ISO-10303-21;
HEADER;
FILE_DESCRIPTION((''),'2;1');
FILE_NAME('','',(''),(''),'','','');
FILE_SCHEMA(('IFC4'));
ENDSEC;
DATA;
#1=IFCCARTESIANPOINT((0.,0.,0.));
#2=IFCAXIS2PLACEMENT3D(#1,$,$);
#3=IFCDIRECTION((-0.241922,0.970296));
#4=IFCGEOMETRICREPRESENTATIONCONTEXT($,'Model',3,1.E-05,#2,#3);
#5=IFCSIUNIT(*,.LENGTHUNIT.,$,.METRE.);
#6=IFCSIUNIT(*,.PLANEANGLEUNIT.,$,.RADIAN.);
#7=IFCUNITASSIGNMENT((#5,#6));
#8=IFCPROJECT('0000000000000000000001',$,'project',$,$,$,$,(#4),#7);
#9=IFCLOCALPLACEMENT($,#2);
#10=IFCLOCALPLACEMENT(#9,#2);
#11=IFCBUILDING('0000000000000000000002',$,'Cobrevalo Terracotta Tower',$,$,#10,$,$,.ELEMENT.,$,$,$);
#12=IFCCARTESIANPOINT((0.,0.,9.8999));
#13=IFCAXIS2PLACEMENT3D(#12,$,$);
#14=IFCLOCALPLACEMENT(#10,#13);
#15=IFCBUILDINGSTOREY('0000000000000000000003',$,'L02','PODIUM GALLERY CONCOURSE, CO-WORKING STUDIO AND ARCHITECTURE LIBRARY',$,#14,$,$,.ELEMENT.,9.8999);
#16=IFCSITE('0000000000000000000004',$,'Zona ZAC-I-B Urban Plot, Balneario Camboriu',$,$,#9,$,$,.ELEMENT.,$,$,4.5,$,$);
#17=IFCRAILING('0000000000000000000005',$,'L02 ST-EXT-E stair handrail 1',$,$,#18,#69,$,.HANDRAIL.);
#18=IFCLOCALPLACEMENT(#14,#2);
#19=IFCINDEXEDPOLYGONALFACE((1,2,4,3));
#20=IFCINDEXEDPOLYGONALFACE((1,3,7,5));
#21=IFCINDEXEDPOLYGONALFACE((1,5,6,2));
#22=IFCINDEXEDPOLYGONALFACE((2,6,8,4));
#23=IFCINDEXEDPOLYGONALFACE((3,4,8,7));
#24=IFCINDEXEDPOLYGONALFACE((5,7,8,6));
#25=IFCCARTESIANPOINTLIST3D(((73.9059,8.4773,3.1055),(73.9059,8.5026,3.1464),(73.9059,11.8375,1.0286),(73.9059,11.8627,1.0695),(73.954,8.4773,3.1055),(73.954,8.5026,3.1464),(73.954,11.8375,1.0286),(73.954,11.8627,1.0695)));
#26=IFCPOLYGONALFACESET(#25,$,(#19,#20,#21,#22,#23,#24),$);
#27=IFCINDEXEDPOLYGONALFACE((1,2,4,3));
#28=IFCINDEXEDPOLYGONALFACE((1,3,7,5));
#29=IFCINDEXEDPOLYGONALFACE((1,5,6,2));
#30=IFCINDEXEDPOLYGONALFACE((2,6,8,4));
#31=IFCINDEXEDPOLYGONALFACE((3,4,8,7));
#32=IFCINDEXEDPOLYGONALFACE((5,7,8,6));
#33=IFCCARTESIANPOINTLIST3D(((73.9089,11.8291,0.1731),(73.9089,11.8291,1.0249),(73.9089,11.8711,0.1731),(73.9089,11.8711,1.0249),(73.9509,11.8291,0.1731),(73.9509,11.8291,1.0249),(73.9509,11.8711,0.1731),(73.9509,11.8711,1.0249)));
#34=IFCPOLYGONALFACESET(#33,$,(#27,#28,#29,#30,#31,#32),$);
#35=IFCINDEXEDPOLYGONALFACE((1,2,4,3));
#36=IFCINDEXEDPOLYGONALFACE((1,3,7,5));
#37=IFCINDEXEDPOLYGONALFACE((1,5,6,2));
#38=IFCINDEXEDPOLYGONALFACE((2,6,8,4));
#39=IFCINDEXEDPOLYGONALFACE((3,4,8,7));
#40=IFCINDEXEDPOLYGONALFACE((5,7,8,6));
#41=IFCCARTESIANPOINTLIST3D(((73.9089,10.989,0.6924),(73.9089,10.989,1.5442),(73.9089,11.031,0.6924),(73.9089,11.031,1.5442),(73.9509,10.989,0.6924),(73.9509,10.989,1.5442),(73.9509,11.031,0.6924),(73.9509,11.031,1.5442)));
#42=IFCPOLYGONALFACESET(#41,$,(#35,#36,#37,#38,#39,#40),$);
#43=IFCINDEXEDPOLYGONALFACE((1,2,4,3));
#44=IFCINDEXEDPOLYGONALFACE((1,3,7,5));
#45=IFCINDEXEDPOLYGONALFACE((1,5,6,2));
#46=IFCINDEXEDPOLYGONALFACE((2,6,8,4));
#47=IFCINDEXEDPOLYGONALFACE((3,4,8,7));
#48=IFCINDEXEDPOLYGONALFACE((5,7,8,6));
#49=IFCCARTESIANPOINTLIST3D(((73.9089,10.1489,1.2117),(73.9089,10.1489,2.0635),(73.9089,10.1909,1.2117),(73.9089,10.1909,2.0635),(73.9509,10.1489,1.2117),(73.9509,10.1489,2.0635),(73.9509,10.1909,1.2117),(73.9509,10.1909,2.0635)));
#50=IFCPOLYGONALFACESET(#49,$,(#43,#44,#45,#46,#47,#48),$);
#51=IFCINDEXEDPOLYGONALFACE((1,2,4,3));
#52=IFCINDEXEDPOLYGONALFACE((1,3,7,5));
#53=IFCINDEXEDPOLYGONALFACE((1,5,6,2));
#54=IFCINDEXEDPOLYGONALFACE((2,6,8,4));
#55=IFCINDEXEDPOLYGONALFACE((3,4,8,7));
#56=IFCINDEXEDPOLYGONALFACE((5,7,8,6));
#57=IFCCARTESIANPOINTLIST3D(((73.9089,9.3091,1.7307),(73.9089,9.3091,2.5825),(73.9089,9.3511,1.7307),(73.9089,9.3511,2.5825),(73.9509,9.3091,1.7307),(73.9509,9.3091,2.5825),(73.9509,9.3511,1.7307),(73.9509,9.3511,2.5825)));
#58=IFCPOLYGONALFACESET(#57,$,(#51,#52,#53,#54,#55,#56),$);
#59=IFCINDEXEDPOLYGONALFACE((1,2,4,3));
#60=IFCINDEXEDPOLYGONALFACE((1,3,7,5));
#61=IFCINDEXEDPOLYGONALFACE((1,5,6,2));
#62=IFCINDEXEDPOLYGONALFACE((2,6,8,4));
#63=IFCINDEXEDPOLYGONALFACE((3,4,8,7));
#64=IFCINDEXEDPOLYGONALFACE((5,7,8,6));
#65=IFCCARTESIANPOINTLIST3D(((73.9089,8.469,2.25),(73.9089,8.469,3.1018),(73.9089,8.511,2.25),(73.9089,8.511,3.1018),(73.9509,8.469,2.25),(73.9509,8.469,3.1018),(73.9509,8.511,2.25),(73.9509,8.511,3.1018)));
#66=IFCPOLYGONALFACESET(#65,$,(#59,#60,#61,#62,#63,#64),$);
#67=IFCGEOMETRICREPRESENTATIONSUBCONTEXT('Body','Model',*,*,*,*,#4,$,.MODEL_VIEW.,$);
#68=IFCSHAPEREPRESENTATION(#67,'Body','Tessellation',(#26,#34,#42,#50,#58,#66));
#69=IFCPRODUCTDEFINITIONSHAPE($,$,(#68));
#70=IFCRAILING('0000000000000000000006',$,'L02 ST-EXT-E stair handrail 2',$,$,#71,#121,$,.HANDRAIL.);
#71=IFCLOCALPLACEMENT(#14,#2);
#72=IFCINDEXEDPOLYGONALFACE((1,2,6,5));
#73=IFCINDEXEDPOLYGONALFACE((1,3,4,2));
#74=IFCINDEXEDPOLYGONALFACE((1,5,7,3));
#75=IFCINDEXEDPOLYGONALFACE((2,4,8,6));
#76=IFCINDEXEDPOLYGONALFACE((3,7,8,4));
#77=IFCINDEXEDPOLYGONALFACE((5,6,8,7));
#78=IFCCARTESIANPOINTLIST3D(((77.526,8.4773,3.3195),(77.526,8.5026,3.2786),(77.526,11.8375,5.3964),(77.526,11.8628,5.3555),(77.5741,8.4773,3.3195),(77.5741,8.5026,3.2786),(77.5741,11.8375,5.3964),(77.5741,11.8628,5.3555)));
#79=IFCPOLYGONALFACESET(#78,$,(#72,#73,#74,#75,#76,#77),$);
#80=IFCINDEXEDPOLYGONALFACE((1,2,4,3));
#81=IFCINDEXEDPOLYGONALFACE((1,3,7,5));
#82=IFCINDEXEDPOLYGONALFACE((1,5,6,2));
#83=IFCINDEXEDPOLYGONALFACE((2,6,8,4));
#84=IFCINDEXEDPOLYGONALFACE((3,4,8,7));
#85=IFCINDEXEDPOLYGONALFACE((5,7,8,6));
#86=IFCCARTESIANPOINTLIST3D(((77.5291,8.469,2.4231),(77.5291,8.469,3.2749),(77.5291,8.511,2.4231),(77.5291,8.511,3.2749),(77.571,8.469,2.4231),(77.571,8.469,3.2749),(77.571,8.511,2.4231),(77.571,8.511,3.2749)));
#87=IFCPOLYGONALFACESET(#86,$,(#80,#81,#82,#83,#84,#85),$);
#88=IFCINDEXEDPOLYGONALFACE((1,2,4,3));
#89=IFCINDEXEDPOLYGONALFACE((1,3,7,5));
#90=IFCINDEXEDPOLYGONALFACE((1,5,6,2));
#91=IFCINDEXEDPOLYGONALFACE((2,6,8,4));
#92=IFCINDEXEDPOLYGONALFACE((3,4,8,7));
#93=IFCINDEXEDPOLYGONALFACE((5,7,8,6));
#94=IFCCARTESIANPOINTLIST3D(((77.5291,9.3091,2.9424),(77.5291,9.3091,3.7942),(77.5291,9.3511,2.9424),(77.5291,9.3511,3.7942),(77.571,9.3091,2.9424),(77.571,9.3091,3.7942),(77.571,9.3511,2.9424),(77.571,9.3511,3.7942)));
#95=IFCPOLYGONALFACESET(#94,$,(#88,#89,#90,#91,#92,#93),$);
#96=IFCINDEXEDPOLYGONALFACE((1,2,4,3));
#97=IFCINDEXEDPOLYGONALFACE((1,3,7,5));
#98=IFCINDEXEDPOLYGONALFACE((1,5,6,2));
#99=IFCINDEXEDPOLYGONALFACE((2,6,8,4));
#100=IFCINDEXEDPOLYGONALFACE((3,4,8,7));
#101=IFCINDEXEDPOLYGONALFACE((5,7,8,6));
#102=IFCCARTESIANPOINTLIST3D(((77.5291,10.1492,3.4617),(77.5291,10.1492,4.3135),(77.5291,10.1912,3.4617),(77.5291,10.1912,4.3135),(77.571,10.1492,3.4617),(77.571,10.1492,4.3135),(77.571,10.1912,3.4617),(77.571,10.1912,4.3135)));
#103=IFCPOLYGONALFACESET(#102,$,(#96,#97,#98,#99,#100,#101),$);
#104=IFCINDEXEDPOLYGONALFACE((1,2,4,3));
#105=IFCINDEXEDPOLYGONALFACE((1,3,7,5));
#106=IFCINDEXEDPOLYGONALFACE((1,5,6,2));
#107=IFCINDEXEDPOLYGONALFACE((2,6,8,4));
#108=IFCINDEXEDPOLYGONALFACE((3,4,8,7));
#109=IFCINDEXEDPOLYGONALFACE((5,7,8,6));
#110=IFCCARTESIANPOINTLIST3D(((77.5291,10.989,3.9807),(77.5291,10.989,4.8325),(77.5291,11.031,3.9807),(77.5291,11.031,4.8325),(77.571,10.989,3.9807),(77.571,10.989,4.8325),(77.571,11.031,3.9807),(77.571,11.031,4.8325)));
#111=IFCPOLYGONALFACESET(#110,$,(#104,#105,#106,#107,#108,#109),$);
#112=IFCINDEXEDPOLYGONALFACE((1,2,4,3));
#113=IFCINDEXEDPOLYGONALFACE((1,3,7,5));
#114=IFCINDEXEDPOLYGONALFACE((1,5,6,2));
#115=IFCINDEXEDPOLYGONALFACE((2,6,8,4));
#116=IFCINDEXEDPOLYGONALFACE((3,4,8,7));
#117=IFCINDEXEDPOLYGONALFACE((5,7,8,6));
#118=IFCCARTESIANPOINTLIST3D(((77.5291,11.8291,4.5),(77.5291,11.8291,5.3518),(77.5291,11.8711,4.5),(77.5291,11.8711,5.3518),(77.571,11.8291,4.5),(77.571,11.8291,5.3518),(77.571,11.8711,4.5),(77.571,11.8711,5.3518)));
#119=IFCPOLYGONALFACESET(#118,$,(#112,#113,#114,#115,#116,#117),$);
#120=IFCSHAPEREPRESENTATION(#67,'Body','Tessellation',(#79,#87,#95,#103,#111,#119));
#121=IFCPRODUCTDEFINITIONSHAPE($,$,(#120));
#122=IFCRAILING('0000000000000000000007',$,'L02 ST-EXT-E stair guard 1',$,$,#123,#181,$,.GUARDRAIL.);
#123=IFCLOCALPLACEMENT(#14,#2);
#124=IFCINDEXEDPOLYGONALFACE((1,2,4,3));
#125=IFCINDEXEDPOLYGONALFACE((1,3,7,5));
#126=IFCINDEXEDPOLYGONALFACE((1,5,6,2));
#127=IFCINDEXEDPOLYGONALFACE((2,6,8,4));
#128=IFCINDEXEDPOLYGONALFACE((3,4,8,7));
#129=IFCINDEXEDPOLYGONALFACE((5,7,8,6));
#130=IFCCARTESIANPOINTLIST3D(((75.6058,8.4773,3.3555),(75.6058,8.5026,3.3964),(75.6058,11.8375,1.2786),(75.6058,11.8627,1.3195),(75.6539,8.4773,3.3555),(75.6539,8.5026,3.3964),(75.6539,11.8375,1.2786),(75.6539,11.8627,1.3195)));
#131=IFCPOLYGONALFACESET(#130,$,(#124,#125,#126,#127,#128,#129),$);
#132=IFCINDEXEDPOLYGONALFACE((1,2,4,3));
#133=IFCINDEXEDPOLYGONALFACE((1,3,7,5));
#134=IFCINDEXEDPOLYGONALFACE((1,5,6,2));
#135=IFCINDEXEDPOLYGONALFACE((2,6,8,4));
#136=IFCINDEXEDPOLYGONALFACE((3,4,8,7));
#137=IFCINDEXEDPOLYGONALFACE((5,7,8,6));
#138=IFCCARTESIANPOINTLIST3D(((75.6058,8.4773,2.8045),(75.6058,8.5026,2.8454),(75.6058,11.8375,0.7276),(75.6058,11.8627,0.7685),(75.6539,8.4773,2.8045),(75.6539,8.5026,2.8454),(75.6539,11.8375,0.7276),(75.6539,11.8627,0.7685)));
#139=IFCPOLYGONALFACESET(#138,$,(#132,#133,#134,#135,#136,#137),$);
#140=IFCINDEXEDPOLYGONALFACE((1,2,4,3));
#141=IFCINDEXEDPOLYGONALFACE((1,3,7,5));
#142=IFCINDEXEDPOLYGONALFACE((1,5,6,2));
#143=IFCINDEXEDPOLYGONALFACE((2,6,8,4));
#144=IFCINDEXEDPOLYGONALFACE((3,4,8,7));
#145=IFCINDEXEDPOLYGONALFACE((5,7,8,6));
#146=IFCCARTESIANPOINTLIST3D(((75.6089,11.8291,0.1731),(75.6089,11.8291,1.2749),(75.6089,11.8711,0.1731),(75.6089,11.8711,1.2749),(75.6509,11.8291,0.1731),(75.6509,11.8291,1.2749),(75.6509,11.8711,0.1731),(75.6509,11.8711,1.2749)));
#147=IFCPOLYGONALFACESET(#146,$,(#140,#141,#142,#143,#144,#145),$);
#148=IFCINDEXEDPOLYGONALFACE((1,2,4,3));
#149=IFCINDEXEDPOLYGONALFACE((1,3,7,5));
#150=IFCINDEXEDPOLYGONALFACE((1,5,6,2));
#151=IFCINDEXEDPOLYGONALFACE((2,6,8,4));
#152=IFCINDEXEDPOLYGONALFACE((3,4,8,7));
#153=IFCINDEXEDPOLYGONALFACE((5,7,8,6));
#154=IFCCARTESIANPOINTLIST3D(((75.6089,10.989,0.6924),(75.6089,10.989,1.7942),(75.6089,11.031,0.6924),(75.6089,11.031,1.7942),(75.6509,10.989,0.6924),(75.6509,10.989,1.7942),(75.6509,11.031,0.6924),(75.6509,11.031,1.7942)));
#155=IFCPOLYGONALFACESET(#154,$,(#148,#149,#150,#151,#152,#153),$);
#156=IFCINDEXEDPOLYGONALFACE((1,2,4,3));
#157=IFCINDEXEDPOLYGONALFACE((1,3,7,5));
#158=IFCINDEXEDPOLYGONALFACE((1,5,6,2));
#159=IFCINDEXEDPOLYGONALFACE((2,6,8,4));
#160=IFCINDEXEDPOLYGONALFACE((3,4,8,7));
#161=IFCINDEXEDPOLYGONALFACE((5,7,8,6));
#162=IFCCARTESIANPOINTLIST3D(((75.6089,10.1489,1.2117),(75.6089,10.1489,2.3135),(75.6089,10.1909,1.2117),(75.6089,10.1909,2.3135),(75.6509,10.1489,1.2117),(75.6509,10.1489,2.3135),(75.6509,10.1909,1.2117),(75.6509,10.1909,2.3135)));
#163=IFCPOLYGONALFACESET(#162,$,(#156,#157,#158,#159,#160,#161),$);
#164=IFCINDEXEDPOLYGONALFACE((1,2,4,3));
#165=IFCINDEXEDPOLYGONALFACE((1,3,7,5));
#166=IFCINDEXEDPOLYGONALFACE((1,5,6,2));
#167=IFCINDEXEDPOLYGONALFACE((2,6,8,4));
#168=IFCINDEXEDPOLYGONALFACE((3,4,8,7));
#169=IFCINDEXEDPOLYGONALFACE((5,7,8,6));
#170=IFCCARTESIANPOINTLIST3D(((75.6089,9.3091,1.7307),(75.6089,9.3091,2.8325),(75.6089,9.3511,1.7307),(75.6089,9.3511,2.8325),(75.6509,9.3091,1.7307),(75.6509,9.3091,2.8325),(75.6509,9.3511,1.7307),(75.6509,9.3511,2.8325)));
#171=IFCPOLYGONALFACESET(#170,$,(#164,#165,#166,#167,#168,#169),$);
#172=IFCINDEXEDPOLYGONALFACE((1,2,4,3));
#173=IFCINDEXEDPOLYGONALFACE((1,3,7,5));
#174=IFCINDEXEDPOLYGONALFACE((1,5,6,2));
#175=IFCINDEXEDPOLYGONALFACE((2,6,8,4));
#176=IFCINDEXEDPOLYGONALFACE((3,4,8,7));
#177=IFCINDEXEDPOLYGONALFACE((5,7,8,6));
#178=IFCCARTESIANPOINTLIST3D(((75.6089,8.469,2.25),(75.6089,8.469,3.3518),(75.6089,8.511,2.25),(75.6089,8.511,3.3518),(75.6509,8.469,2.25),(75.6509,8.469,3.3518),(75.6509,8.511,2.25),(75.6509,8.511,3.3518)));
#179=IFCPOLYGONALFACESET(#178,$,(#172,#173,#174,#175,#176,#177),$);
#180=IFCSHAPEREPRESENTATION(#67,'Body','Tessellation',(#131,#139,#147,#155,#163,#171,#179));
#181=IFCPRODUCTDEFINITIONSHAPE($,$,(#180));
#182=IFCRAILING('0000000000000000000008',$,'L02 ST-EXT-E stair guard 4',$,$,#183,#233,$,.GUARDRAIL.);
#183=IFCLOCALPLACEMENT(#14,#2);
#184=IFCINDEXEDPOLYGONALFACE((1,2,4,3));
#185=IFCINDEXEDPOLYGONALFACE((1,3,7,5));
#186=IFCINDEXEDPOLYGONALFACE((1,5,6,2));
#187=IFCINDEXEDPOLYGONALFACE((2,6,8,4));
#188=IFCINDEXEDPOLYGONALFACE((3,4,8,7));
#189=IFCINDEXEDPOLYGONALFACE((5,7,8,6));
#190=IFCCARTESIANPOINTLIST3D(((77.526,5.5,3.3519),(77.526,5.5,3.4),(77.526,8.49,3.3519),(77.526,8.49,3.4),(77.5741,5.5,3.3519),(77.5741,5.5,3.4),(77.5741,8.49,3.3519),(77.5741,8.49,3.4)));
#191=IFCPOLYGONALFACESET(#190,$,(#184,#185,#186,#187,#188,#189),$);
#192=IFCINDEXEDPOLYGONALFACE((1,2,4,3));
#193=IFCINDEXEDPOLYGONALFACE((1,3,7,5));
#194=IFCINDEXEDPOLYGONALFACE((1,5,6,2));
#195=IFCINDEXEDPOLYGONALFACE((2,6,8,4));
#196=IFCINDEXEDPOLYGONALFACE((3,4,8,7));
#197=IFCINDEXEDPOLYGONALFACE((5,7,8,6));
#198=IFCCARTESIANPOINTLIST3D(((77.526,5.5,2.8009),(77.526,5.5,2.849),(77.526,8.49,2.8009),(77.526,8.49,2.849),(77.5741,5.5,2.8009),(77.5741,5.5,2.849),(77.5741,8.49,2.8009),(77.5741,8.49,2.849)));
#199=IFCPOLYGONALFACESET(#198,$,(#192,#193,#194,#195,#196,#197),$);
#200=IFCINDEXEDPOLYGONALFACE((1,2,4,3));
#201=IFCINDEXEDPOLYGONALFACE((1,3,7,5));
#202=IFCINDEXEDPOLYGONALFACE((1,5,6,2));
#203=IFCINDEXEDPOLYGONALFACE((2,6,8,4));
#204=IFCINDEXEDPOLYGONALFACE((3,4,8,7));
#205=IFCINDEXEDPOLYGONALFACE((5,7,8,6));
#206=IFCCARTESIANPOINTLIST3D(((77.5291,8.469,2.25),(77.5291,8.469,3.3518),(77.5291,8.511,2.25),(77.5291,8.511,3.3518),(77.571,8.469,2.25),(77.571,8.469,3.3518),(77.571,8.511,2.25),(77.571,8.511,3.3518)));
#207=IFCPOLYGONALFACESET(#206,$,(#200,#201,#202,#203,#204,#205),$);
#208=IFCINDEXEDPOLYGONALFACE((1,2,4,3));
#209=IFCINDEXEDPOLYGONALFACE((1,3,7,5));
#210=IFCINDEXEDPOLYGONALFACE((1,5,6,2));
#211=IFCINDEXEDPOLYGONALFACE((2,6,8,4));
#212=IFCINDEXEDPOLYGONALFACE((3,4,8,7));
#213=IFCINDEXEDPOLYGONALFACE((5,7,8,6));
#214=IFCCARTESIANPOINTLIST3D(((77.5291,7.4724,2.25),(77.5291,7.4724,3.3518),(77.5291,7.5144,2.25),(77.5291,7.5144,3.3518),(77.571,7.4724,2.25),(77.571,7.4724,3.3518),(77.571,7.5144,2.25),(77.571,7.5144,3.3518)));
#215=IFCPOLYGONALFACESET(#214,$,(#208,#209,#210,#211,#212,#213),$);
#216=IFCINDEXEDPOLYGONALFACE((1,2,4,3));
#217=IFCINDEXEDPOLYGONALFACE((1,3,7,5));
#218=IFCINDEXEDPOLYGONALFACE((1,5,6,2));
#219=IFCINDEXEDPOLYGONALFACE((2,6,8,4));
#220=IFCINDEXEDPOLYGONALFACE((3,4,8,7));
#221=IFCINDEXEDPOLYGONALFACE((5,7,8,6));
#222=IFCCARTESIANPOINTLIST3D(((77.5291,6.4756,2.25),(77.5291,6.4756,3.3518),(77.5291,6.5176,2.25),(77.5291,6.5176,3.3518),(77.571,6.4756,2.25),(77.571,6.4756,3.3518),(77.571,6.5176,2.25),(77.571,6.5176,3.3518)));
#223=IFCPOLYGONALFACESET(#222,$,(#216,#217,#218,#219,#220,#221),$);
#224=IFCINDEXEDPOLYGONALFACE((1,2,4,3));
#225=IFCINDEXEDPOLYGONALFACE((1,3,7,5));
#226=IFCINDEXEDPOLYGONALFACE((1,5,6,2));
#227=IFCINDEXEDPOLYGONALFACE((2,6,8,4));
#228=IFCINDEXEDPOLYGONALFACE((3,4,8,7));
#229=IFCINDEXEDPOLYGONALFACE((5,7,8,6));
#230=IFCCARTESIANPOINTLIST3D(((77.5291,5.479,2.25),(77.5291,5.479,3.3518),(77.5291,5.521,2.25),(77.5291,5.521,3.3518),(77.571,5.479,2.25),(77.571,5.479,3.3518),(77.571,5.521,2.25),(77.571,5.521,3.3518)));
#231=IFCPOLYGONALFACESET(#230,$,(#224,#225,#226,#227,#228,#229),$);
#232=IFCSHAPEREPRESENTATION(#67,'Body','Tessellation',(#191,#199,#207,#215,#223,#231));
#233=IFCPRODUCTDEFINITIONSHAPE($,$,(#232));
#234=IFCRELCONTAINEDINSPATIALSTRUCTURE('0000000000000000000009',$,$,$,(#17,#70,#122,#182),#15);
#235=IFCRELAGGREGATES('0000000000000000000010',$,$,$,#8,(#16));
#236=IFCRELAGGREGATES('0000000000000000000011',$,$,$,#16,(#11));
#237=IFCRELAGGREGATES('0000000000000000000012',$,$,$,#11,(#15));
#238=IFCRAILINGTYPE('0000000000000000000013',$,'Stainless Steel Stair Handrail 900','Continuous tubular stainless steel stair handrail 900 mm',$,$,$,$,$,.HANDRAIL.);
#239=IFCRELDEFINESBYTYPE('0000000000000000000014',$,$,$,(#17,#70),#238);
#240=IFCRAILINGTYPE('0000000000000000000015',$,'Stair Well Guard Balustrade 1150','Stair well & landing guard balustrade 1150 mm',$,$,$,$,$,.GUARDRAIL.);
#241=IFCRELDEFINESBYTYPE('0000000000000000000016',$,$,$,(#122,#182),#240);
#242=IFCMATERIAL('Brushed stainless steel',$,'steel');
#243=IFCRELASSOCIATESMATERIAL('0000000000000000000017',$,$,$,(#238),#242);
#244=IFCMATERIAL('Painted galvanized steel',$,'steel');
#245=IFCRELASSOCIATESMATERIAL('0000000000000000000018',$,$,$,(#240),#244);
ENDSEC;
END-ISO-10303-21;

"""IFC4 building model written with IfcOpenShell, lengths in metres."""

from ifc_helpers import new_model, si_unit, direction, frame, origin, origin_2d, place, context, subcontext, project, spatial, rectangle, extrude, material, type_object, element, save


model = new_model("IFC4")

# Units and contexts
model_context = context("Model", 3, precision=1e-05, world=origin(), true_north=direction((-0.241922, 0.970296)))
body_context = subcontext(model_context, "Body", "Model", "MODEL_VIEW")
ifc_project = project(units=[si_unit("LENGTHUNIT", "METRE"), si_unit("PLANEANGLEUNIT", "RADIAN")], contexts=[model_context])

# Site, building, storey
site_placement = place(None, origin())
site = spatial("IfcSite", under=ifc_project, at=site_placement, Name="Zona ZAC-I-B Urban Plot, Balneario Camboriu", CompositionType="ELEMENT", RefElevation=4.5)
building_placement = place(site_placement, origin())
building = spatial("IfcBuilding", under=site, at=building_placement, Name="Cobrevalo Terracotta Tower", CompositionType="ELEMENT")
storey_placement = place(building_placement, frame((0.0, 0.0, 9.8999)))
storey = spatial("IfcBuildingStorey", under=building, at=storey_placement, Name="L02", Description="PODIUM GALLERY CONCOURSE, CO-WORKING STUDIO AND ARCHITECTURE LIBRARY", CompositionType="ELEMENT", Elevation=9.8999)

# Railings
ifc_material_1 = material(Name="Brushed stainless steel", Category="steel")
railing_type_1 = type_object("IfcRailingType", Name="Stainless Steel Stair Handrail 900", Description="Continuous tubular stainless steel stair handrail 900 mm", PredefinedType="HANDRAIL", material=ifc_material_1)
railing_1_placement = place(storey_placement, frame((73.9299, 11.8501, 0.1731)))
element("IfcRailing", 1, at=railing_1_placement, inside=storey, type_object=railing_type_1, Name="L02 ST-EXT-E stair handrail 1", PredefinedType="HANDRAIL", context=body_context, shape_type="SweptSolid", body=[
    extrude(rectangle(XDim=0.0481, YDim=0.0481, at=origin_2d()), frame((0.0, 0.0, 0.876), z_axis=(0.0, -0.850623, 0.525776), x_axis=(1.0, 0.0, 0.0)), (0.0, 0.0, 1.0), 3.9502),
    extrude(rectangle(XDim=0.042, YDim=0.042, at=origin_2d()), origin(), (0.0, 0.0, 1.0), 0.8518),
    extrude(rectangle(XDim=0.042, YDim=0.042, at=origin_2d()), frame((0.0, -0.8401, 0.5193)), (0.0, 0.0, 1.0), 0.8518),
    extrude(rectangle(XDim=0.042, YDim=0.042, at=origin_2d()), frame((0.0, -1.6802, 1.0386)), (0.0, 0.0, 1.0), 0.8518),
    extrude(rectangle(XDim=0.042, YDim=0.042, at=origin_2d()), frame((0.0, -2.52, 1.5576)), (0.0, 0.0, 1.0), 0.8518),
    extrude(rectangle(XDim=0.042, YDim=0.042, at=origin_2d()), frame((0.0, -3.3601, 2.0769)), (0.0, 0.0, 1.0), 0.8518),
])
railing_2_placement = place(storey_placement, frame((77.55, 8.49, 2.4231)))
element("IfcRailing", 2, at=railing_2_placement, inside=storey, type_object=railing_type_1, Name="L02 ST-EXT-E stair handrail 2", PredefinedType="HANDRAIL", context=body_context, shape_type="SweptSolid", body=[
    extrude(rectangle(XDim=0.0481, YDim=0.0481, at=origin_2d()), frame((0.0, 0.0, 0.876), z_axis=(0.0, 0.850623, 0.525776), x_axis=(-1.0, 0.0, 0.0)), (0.0, 0.0, 1.0), 3.9502),
    extrude(rectangle(XDim=0.042, YDim=0.042, at=origin_2d()), origin(), (0.0, 0.0, 1.0), 0.8518),
    extrude(rectangle(XDim=0.042, YDim=0.042, at=origin_2d()), frame((0.0, 0.8401, 0.5193)), (0.0, 0.0, 1.0), 0.8518),
    extrude(rectangle(XDim=0.042, YDim=0.042, at=origin_2d()), frame((0.0, 1.6802, 1.0386)), (0.0, 0.0, 1.0), 0.8518),
    extrude(rectangle(XDim=0.042, YDim=0.042, at=origin_2d()), frame((0.0, 2.52, 1.5576)), (0.0, 0.0, 1.0), 0.8518),
    extrude(rectangle(XDim=0.042, YDim=0.042, at=origin_2d()), frame((0.0, 3.3601, 2.0769)), (0.0, 0.0, 1.0), 0.8518),
])
ifc_material_2 = material(Name="Painted galvanized steel", Category="steel")
railing_type_2 = type_object("IfcRailingType", Name="Stair Well Guard Balustrade 1150", Description="Stair well & landing guard balustrade 1150 mm", PredefinedType="GUARDRAIL", material=ifc_material_2)
railing_3_placement = place(storey_placement, frame((75.6299, 11.8501, 0.1731)))
element("IfcRailing", 3, at=railing_3_placement, inside=storey, type_object=railing_type_2, Name="L02 ST-EXT-E stair guard 1", PredefinedType="GUARDRAIL", context=body_context, shape_type="SweptSolid", body=[
    extrude(rectangle(XDim=0.0481, YDim=0.0481, at=origin_2d()), frame((0.0, 0.0, 1.126), z_axis=(0.0, -0.850623, 0.525776), x_axis=(1.0, 0.0, 0.0)), (0.0, 0.0, 1.0), 3.9502),
    extrude(rectangle(XDim=0.0481, YDim=0.0481, at=origin_2d()), frame((0.0, 0.0, 0.575), z_axis=(0.0, -0.850623, 0.525776), x_axis=(1.0, 0.0, 0.0)), (0.0, 0.0, 1.0), 3.9502),
    extrude(rectangle(XDim=0.042, YDim=0.042, at=origin_2d()), origin(), (0.0, 0.0, 1.0), 1.1018),
    extrude(rectangle(XDim=0.042, YDim=0.042, at=origin_2d()), frame((0.0, -0.8401, 0.5193)), (0.0, 0.0, 1.0), 1.1018),
    extrude(rectangle(XDim=0.042, YDim=0.042, at=origin_2d()), frame((0.0, -1.6802, 1.0386)), (0.0, 0.0, 1.0), 1.1018),
    extrude(rectangle(XDim=0.042, YDim=0.042, at=origin_2d()), frame((0.0, -2.52, 1.5576)), (0.0, 0.0, 1.0), 1.1018),
    extrude(rectangle(XDim=0.042, YDim=0.042, at=origin_2d()), frame((0.0, -3.3601, 2.0769)), (0.0, 0.0, 1.0), 1.1018),
])
railing_4_placement = place(storey_placement, frame((77.55, 8.49, 2.25)))
element("IfcRailing", 4, at=railing_4_placement, inside=storey, type_object=railing_type_2, Name="L02 ST-EXT-E stair guard 4", PredefinedType="GUARDRAIL", context=body_context, shape_type="SweptSolid", body=[
    extrude(rectangle(XDim=0.0481, YDim=0.0481, at=origin_2d()), frame((0.0, 0.0, 1.126), z_axis=(0.0, -1.0, 0.0), x_axis=(1.0, 0.0, 0.0)), (0.0, 0.0, 1.0), 2.99),
    extrude(rectangle(XDim=0.0481, YDim=0.0481, at=origin_2d()), frame((0.0, 0.0, 0.575), z_axis=(0.0, -1.0, 0.0), x_axis=(1.0, 0.0, 0.0)), (0.0, 0.0, 1.0), 2.99),
    extrude(rectangle(XDim=0.042, YDim=0.042, at=origin_2d()), origin(), (0.0, 0.0, 1.0), 1.1018),
    extrude(rectangle(XDim=0.042, YDim=0.042, at=origin_2d()), frame((0.0, -0.9966, 0.0)), (0.0, 0.0, 1.0), 1.1018),
    extrude(rectangle(XDim=0.042, YDim=0.042, at=origin_2d()), frame((0.0, -1.9934, 0.0)), (0.0, 0.0, 1.0), 1.1018),
    extrude(rectangle(XDim=0.042, YDim=0.042, at=origin_2d()), frame((0.0, -2.99, 0.0)), (0.0, 0.0, 1.0), 1.1018),
])

save(model, "model.ifc")
